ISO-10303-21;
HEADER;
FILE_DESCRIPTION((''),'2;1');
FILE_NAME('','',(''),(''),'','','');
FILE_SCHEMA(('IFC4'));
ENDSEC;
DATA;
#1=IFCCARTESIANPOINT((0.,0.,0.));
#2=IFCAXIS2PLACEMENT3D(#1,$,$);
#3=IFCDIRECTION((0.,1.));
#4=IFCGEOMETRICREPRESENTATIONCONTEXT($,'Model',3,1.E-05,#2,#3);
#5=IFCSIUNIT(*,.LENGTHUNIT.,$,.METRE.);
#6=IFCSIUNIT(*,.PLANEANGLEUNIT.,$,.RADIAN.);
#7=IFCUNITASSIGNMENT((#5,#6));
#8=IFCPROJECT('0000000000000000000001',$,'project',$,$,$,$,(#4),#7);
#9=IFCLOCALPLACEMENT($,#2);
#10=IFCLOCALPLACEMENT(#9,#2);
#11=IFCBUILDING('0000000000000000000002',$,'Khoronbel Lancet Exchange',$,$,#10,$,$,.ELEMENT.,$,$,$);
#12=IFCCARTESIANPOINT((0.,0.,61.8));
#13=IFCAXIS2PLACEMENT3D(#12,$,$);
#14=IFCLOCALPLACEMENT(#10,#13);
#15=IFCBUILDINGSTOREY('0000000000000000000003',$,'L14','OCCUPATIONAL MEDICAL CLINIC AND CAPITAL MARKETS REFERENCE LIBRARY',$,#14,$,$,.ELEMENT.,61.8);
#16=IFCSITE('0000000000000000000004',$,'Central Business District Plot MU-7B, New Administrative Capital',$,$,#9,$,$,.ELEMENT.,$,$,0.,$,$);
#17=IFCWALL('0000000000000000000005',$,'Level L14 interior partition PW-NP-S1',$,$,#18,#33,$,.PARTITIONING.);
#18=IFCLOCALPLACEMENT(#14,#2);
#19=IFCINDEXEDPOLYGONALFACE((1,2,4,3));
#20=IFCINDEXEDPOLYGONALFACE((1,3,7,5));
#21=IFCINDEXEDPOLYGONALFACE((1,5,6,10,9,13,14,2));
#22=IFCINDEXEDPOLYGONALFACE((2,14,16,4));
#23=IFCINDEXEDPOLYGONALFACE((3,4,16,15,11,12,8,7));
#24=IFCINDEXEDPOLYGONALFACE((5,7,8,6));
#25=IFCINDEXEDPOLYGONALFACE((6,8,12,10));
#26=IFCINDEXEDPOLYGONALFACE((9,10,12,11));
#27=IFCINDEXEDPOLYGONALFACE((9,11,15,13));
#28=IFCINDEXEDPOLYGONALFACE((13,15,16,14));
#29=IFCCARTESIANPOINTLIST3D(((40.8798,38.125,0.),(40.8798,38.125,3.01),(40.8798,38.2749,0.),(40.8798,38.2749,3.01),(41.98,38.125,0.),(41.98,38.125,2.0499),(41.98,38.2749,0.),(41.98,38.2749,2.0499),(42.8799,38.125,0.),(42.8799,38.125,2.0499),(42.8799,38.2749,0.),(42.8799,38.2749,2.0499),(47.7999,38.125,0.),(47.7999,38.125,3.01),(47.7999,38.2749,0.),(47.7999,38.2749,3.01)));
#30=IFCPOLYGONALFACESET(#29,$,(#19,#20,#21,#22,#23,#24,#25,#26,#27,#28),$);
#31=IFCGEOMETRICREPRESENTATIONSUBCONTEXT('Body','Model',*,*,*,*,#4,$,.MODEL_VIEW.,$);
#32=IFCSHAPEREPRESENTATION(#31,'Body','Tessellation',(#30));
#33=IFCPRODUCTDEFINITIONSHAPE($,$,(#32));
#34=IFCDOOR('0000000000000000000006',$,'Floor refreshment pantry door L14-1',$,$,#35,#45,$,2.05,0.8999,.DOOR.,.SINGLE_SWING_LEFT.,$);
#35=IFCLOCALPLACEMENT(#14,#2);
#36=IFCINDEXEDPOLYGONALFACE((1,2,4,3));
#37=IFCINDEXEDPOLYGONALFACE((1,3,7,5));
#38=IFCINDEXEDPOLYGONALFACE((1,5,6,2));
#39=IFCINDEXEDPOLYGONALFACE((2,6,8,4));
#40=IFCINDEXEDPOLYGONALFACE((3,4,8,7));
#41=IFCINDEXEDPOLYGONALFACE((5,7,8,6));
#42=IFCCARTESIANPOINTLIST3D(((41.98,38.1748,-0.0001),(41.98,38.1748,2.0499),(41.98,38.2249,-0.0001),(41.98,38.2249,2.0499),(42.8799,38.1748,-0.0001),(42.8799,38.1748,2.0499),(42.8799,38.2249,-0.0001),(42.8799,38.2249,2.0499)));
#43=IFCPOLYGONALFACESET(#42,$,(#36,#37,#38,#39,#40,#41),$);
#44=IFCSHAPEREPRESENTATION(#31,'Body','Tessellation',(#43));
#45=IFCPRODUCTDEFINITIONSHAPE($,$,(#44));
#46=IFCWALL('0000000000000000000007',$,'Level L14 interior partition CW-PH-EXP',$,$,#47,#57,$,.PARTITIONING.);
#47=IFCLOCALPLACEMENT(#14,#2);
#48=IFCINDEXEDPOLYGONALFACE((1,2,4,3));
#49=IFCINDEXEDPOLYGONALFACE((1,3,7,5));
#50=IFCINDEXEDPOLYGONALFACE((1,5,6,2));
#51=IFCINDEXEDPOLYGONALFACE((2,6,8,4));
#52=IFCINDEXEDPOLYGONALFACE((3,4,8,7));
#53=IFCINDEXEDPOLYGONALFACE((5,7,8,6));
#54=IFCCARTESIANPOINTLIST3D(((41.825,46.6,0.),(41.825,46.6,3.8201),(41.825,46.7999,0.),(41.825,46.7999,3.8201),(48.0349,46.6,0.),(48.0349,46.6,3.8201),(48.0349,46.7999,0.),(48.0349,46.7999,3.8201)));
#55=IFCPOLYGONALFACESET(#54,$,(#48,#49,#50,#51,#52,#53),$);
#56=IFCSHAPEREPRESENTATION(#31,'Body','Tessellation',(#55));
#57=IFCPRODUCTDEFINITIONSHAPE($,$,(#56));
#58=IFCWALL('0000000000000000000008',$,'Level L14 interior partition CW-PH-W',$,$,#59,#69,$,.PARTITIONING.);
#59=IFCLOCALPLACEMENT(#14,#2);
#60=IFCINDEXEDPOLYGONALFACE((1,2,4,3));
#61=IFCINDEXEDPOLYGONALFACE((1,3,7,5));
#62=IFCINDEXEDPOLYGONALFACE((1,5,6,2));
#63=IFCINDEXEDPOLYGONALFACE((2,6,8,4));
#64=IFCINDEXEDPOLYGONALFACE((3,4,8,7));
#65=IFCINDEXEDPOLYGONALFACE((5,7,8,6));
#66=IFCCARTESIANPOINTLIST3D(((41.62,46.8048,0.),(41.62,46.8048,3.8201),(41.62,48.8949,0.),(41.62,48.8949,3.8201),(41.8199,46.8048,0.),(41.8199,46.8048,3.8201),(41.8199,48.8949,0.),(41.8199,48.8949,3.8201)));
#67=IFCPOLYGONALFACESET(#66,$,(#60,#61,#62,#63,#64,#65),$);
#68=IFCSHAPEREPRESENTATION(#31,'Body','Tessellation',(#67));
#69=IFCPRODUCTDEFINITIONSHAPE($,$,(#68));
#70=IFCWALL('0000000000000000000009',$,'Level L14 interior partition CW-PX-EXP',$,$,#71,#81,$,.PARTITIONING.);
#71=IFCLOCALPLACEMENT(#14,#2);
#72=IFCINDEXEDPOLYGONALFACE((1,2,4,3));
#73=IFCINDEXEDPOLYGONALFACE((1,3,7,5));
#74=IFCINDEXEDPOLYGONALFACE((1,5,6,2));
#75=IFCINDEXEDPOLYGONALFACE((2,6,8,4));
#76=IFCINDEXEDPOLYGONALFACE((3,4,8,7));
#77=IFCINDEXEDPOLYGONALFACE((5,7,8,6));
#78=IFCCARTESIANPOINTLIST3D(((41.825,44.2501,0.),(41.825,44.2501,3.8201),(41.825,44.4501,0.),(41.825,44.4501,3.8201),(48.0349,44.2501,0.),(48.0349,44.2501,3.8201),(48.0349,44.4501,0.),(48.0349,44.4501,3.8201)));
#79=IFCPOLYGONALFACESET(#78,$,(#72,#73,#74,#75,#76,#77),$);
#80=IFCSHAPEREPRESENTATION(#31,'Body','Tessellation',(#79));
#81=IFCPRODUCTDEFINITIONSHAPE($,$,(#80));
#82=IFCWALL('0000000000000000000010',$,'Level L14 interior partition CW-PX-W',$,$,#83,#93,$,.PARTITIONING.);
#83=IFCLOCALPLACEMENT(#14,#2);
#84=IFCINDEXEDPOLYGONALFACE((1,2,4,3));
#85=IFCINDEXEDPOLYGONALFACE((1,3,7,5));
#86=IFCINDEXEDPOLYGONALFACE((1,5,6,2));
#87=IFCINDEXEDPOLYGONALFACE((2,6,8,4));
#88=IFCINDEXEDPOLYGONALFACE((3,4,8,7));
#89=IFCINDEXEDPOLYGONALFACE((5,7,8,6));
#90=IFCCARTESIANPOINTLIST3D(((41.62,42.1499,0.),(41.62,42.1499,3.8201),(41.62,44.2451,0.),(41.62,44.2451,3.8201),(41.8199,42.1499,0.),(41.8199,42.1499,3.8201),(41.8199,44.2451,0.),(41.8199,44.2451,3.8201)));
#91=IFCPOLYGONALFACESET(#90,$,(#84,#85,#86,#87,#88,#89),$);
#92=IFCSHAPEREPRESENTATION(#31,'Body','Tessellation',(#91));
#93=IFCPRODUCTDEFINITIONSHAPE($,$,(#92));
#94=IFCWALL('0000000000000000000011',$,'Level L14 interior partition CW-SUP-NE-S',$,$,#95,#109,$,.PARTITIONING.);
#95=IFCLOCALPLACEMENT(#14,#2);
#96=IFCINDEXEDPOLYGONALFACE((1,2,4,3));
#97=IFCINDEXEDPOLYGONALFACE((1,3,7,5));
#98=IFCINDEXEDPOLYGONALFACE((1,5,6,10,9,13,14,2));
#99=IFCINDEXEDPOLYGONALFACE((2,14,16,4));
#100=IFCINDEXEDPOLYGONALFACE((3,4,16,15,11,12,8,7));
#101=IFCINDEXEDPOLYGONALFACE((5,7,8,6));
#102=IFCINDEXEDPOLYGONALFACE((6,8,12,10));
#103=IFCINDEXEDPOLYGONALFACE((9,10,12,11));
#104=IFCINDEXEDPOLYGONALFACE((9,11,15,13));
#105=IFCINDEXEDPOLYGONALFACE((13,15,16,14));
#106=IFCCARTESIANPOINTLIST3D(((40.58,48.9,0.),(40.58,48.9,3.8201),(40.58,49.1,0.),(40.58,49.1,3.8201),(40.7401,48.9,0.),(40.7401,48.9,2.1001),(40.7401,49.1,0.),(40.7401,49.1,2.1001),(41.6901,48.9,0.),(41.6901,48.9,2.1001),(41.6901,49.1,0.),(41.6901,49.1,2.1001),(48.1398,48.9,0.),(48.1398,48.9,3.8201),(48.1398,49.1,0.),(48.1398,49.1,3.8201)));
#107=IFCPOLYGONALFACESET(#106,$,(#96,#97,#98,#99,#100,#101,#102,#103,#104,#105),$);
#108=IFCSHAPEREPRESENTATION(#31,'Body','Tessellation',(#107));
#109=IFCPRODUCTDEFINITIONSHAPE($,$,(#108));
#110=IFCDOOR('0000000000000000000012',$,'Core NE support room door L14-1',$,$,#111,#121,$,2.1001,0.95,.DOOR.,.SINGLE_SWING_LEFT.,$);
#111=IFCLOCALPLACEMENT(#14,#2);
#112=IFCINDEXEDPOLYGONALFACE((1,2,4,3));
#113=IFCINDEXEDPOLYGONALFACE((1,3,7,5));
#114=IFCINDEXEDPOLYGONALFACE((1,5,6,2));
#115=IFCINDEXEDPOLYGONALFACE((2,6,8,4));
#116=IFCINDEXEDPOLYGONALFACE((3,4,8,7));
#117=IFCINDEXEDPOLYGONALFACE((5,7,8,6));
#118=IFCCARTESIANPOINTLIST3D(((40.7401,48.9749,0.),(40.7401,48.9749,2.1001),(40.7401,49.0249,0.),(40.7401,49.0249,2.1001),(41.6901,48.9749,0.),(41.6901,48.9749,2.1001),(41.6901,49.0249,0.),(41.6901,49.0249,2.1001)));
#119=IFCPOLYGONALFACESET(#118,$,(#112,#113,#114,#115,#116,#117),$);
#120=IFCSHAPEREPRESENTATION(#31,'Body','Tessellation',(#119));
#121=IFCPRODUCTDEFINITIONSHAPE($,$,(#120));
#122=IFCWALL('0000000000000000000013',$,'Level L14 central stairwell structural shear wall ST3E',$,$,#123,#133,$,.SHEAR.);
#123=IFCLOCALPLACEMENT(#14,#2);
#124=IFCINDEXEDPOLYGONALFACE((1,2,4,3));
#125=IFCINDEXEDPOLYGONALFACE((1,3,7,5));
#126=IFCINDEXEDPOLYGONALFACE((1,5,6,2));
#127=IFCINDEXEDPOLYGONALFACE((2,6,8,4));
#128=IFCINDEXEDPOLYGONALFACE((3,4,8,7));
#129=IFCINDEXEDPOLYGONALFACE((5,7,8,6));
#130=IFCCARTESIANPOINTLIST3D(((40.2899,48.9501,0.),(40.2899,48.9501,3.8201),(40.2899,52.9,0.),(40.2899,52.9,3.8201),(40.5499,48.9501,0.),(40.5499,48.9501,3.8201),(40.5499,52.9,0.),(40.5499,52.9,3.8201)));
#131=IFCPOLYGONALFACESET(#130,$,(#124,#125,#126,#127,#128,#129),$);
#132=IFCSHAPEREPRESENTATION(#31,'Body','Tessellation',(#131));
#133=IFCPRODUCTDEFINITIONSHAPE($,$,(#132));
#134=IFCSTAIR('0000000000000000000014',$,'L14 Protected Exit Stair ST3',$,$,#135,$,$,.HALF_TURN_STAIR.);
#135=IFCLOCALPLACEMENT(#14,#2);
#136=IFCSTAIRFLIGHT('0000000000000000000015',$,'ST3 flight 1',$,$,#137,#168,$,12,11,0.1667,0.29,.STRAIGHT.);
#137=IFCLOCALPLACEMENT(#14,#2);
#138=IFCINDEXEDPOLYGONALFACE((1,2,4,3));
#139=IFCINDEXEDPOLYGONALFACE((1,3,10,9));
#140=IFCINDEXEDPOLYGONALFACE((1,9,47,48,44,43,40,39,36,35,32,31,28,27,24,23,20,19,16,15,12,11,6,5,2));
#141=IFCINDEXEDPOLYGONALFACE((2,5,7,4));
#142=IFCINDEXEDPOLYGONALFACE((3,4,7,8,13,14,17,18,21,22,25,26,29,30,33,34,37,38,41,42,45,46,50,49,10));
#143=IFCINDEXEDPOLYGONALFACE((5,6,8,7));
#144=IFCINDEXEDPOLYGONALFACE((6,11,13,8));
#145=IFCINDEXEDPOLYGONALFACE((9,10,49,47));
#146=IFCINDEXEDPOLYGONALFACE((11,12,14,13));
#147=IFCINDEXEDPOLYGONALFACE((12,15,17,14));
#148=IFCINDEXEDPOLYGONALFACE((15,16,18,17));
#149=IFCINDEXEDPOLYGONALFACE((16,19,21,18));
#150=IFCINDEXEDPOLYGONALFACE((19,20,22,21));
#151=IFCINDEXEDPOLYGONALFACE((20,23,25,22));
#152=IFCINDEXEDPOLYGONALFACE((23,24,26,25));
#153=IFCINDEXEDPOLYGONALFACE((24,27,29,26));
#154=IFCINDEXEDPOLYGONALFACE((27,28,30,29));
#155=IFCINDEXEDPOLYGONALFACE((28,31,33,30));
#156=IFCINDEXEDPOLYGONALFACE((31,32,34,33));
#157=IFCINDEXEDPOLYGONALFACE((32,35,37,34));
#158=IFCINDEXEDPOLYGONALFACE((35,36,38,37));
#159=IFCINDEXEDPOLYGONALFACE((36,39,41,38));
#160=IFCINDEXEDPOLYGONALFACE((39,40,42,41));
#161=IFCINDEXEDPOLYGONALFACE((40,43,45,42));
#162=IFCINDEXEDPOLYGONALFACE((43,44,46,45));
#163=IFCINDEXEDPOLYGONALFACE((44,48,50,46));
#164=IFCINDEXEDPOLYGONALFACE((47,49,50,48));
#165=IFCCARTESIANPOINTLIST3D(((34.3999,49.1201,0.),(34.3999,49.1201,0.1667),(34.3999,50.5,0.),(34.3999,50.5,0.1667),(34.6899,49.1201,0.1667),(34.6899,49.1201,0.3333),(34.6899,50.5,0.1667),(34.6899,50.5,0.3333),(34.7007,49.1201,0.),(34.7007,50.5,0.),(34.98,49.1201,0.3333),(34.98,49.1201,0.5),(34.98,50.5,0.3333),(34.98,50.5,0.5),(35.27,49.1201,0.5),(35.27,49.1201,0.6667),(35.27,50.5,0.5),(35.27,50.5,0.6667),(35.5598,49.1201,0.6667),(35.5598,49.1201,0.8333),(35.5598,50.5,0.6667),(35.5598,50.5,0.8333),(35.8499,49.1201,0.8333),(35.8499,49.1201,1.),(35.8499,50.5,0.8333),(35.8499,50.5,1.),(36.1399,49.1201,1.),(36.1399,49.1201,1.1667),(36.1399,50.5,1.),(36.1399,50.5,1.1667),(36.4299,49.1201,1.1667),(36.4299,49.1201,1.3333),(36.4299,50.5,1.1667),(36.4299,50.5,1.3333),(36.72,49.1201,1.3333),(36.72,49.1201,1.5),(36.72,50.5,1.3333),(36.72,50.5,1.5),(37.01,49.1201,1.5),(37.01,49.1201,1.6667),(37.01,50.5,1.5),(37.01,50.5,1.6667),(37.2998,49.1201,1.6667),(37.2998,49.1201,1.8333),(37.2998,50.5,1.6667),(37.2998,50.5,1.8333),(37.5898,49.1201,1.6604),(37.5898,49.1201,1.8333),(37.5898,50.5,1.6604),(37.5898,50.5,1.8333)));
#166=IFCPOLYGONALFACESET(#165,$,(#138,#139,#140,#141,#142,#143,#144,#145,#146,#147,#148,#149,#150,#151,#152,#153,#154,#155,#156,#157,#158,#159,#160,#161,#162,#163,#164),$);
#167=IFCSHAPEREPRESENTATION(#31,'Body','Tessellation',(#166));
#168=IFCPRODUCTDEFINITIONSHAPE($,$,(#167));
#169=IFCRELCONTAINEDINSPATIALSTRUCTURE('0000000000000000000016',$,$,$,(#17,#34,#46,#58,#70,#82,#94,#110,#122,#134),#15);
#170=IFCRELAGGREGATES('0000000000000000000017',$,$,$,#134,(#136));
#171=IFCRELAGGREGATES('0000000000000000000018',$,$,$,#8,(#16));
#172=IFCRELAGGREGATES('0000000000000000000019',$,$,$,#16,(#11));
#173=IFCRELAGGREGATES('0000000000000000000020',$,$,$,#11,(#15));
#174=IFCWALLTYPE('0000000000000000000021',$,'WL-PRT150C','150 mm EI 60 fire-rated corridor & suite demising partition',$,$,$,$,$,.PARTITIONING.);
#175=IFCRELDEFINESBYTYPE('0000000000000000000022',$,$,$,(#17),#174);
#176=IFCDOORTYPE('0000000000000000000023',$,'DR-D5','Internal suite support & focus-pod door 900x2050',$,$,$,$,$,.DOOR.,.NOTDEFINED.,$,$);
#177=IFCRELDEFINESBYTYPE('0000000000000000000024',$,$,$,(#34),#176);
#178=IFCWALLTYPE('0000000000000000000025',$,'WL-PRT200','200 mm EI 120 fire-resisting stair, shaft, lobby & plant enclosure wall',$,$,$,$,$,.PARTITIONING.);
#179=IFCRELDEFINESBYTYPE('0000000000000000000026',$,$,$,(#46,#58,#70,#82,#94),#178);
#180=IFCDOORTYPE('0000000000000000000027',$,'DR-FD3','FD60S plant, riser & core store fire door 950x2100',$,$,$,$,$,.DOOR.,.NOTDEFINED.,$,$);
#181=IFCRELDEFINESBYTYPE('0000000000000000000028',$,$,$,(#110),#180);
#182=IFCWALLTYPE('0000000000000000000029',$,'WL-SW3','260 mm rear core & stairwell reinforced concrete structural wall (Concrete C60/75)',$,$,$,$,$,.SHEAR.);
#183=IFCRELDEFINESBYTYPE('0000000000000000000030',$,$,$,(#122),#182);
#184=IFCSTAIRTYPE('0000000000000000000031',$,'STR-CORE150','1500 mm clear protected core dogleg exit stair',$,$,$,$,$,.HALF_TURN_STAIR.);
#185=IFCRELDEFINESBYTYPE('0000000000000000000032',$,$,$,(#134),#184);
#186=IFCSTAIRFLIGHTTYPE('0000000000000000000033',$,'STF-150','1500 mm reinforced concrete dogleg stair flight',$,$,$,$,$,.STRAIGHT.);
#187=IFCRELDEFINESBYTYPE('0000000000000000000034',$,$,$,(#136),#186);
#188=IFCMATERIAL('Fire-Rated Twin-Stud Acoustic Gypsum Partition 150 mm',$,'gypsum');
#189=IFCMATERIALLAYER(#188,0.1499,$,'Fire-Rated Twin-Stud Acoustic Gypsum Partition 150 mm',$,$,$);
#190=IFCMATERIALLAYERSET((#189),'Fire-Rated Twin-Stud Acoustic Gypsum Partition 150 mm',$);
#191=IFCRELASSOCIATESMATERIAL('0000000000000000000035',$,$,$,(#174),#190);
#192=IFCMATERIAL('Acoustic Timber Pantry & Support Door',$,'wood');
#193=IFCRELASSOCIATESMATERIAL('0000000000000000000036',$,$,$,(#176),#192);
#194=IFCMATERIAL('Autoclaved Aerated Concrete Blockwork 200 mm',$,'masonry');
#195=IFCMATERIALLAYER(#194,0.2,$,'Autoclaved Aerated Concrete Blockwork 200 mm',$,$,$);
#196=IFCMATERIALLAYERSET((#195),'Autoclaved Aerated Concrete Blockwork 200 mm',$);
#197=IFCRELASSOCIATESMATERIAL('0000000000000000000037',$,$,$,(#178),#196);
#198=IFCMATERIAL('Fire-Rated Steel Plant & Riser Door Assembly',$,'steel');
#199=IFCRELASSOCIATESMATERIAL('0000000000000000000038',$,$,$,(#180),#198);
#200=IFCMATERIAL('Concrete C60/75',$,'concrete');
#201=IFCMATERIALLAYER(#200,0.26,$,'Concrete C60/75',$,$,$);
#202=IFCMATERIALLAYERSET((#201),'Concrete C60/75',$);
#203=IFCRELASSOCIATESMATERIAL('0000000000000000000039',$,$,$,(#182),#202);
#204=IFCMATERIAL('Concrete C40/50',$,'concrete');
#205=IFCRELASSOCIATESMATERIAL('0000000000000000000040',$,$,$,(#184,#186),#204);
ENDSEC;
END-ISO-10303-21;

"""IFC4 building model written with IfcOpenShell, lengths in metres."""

from ifc_helpers import new_model, si_unit, direction, frame, frame_2d, origin, place, context, subcontext, project, spatial, polyline, rectangle, outline, extrude, material, layer, layer_set, type_object, element, fill, aggregate, save


model = new_model("IFC4")

# Units and contexts
model_context = context("Model", 3, precision=1e-05, world=origin(), true_north=direction((0.0, 1.0)))
body_context = subcontext(model_context, "Body", "Model", "MODEL_VIEW")
ifc_project = project(units=[si_unit("LENGTHUNIT", "METRE"), si_unit("PLANEANGLEUNIT", "RADIAN")], contexts=[model_context])

# Site, building, storey
site_placement = place(None, origin())
site = spatial("IfcSite", under=ifc_project, at=site_placement, Name="Central Business District Plot MU-7B, New Administrative Capital", CompositionType="ELEMENT", RefElevation=0.0)
building_placement = place(site_placement, origin())
building = spatial("IfcBuilding", under=site, at=building_placement, Name="Khoronbel Lancet Exchange", CompositionType="ELEMENT")
storey_placement = place(building_placement, frame((0.0, 0.0, 61.8)))
storey = spatial("IfcBuildingStorey", under=building, at=storey_placement, Name="L14", Description="OCCUPATIONAL MEDICAL CLINIC AND CAPITAL MARKETS REFERENCE LIBRARY", CompositionType="ELEMENT", Elevation=61.8)

# Wall, opening, door
ifc_material_1 = material(Name="Fire-Rated Twin-Stud Acoustic Gypsum Partition 150 mm", Category="gypsum")
ifc_layer_1 = layer(ifc_material_1, 0.1499, Name="Fire-Rated Twin-Stud Acoustic Gypsum Partition 150 mm")
ifc_layer_set_1 = layer_set([ifc_layer_1], Name="Fire-Rated Twin-Stud Acoustic Gypsum Partition 150 mm")
wall_type_1 = type_object("IfcWallType", Name="WL-PRT150C", Description="150 mm EI 60 fire-rated corridor & suite demising partition", PredefinedType="PARTITIONING", material=ifc_layer_set_1)
wall_1_placement = place(storey_placement, frame((40.8799, 38.2, 0.0), z_axis=(0.0, 0.0, 1.0), x_axis=(1.0, 0.0, 0.0)))
wall_1 = element("IfcWall", 1, at=wall_1_placement, inside=storey, type_object=wall_type_1, Name="Level L14 interior partition PW-NP-S1", PredefinedType="PARTITIONING", context=body_context, shape_type="SweptSolid", body=[
    extrude(rectangle(XDim=6.9202, YDim=0.1499, at=frame_2d((3.46, 0.0))), origin(), (0.0, 0.0, 1.0), 3.01),
])
opening_1_placement = place(wall_1_placement, frame((1.1001, 0.0, 0.0)))
opening_1 = element("IfcOpeningElement", 2, at=opening_1_placement, cuts=wall_1, PredefinedType="OPENING", context=body_context, shape_type="SweptSolid", body=[
    extrude(rectangle(XDim=0.8999, YDim=2.05, at=frame_2d((0.45, 1.0249))), frame((0.0, 0.085, 0.0), z_axis=(0.0, -1.0, 0.0), x_axis=(1.0, 0.0, 0.0)), (0.0, 0.0, 1.0), 0.1699),
])
ifc_material_2 = material(Name="Acoustic Timber Pantry & Support Door", Category="wood")
door_type_1 = type_object("IfcDoorType", Name="DR-D5", Description="Internal suite support & focus-pod door 900x2050", OperationType="NOTDEFINED", PredefinedType="DOOR", material=ifc_material_2)
door_1_placement = place(opening_1_placement, origin())
door_1 = element("IfcDoor", 3, at=door_1_placement, inside=storey, type_object=door_type_1, Name="Floor refreshment pantry door L14-1", OperationType="SINGLE_SWING_LEFT", OverallHeight=2.05, OverallWidth=0.8999, PredefinedType="DOOR", context=body_context, shape_type="SweptSolid", body=[
    extrude(rectangle(XDim=0.8999, YDim=2.05, at=frame_2d((0.45, 1.0249))), frame((0.0, 0.0249, 0.0), z_axis=(0.0, -1.0, 0.0), x_axis=(1.0, 0.0, 0.0)), (0.0, 0.0, 1.0), 0.05),
])
fill(opening_1, door_1)

# Walls
ifc_material_3 = material(Name="Autoclaved Aerated Concrete Blockwork 200 mm", Category="masonry")
ifc_layer_2 = layer(ifc_material_3, 0.2, Name="Autoclaved Aerated Concrete Blockwork 200 mm")
ifc_layer_set_2 = layer_set([ifc_layer_2], Name="Autoclaved Aerated Concrete Blockwork 200 mm")
wall_type_2 = type_object("IfcWallType", Name="WL-PRT200", Description="200 mm EI 120 fire-resisting stair, shaft, lobby & plant enclosure wall", PredefinedType="PARTITIONING", material=ifc_layer_set_2)
wall_2_placement = place(storey_placement, frame((41.825, 46.7, 0.0), z_axis=(0.0, 0.0, 1.0), x_axis=(1.0, 0.0, 0.0)))
element("IfcWall", 4, at=wall_2_placement, inside=storey, type_object=wall_type_2, Name="Level L14 interior partition CW-PH-EXP", PredefinedType="PARTITIONING", context=body_context, shape_type="SweptSolid", body=[
    extrude(rectangle(XDim=6.21, YDim=0.2, at=frame_2d((3.105, 0.0))), origin(), (0.0, 0.0, 1.0), 3.8201),
])
wall_3_placement = place(storey_placement, frame((41.72, 46.8049, 0.0), z_axis=(0.0, 0.0, 1.0), x_axis=(0.0, 1.0, 0.0)))
element("IfcWall", 5, at=wall_3_placement, inside=storey, type_object=wall_type_2, Name="Level L14 interior partition CW-PH-W", PredefinedType="PARTITIONING", context=body_context, shape_type="SweptSolid", body=[
    extrude(rectangle(XDim=2.0901, YDim=0.2, at=frame_2d((1.0449, 0.0))), origin(), (0.0, 0.0, 1.0), 3.8201),
])
wall_4_placement = place(storey_placement, frame((41.825, 44.3501, 0.0), z_axis=(0.0, 0.0, 1.0), x_axis=(1.0, 0.0, 0.0)))
element("IfcWall", 6, at=wall_4_placement, inside=storey, type_object=wall_type_2, Name="Level L14 interior partition CW-PX-EXP", PredefinedType="PARTITIONING", context=body_context, shape_type="SweptSolid", body=[
    extrude(rectangle(XDim=6.21, YDim=0.2, at=frame_2d((3.105, 0.0))), origin(), (0.0, 0.0, 1.0), 3.8201),
])
wall_5_placement = place(storey_placement, frame((41.72, 42.1499, 0.0), z_axis=(0.0, 0.0, 1.0), x_axis=(0.0, 1.0, 0.0)))
element("IfcWall", 7, at=wall_5_placement, inside=storey, type_object=wall_type_2, Name="Level L14 interior partition CW-PX-W", PredefinedType="PARTITIONING", context=body_context, shape_type="SweptSolid", body=[
    extrude(rectangle(XDim=2.0952, YDim=0.2, at=frame_2d((1.0476, 0.0))), origin(), (0.0, 0.0, 1.0), 3.8201),
])

# Wall, opening, door
wall_6_placement = place(storey_placement, frame((40.5801, 49.0, 0.0), z_axis=(0.0, 0.0, 1.0), x_axis=(1.0, 0.0, 0.0)))
wall_6 = element("IfcWall", 8, at=wall_6_placement, inside=storey, type_object=wall_type_2, Name="Level L14 interior partition CW-SUP-NE-S", PredefinedType="PARTITIONING", context=body_context, shape_type="SweptSolid", body=[
    extrude(rectangle(XDim=7.5598, YDim=0.2, at=frame_2d((3.7798, 0.0))), origin(), (0.0, 0.0, 1.0), 3.8201),
])
opening_2_placement = place(wall_6_placement, frame((0.1599, 0.0, 0.0)))
opening_2 = element("IfcOpeningElement", 9, at=opening_2_placement, cuts=wall_6, PredefinedType="OPENING", context=body_context, shape_type="SweptSolid", body=[
    extrude(rectangle(XDim=0.95, YDim=2.1001, at=frame_2d((0.4751, 1.05))), frame((0.0, 0.1099, 0.0), z_axis=(0.0, -1.0, 0.0), x_axis=(1.0, 0.0, 0.0)), (0.0, 0.0, 1.0), 0.22),
])
ifc_material_4 = material(Name="Fire-Rated Steel Plant & Riser Door Assembly", Category="steel")
door_type_2 = type_object("IfcDoorType", Name="DR-FD3", Description="FD60S plant, riser & core store fire door 950x2100", OperationType="NOTDEFINED", PredefinedType="DOOR", material=ifc_material_4)
door_2_placement = place(opening_2_placement, origin())
door_2 = element("IfcDoor", 10, at=door_2_placement, inside=storey, type_object=door_type_2, Name="Core NE support room door L14-1", OperationType="SINGLE_SWING_LEFT", OverallHeight=2.1001, OverallWidth=0.95, PredefinedType="DOOR", context=body_context, shape_type="SweptSolid", body=[
    extrude(rectangle(XDim=0.95, YDim=2.1001, at=frame_2d((0.4751, 1.05))), frame((0.0, 0.0249, 0.0), z_axis=(0.0, -1.0, 0.0), x_axis=(1.0, 0.0, 0.0)), (0.0, 0.0, 1.0), 0.05),
])
fill(opening_2, door_2)

# Wall
ifc_material_5 = material(Name="Concrete C60/75", Category="concrete")
ifc_layer_3 = layer(ifc_material_5, 0.26, Name="Concrete C60/75")
ifc_layer_set_3 = layer_set([ifc_layer_3], Name="Concrete C60/75")
wall_type_3 = type_object("IfcWallType", Name="WL-SW3", Description="260 mm rear core & stairwell reinforced concrete structural wall (Concrete C60/75)", PredefinedType="SHEAR", material=ifc_layer_set_3)
wall_7_placement = place(storey_placement, frame((40.4199, 48.95, 0.0), z_axis=(0.0, 0.0, 1.0), x_axis=(0.0, 1.0, 0.0)))
element("IfcWall", 11, at=wall_7_placement, inside=storey, type_object=wall_type_3, Name="Level L14 central stairwell structural shear wall ST3E", PredefinedType="SHEAR", context=body_context, shape_type="SweptSolid", body=[
    extrude(rectangle(XDim=3.95, YDim=0.26, at=frame_2d((1.9751, 0.0))), origin(), (0.0, 0.0, 1.0), 3.8201),
])

# Stair, stair flight
ifc_material_6 = material(Name="Concrete C40/50", Category="concrete")
stair_type = type_object("IfcStairType", Name="STR-CORE150", Description="1500 mm clear protected core dogleg exit stair", PredefinedType="HALF_TURN_STAIR", material=ifc_material_6)
stair_placement = place(storey_placement, origin())
stair = element("IfcStair", 12, at=stair_placement, inside=storey, type_object=stair_type, Name="L14 Protected Exit Stair ST3", PredefinedType="HALF_TURN_STAIR")
stair_flight_type = type_object("IfcStairFlightType", Name="STF-150", Description="1500 mm reinforced concrete dogleg stair flight", PredefinedType="STRAIGHT", material=ifc_material_6)
stair_flight_1_placement = place(storey_placement, frame((34.3999, 49.8101, 0.0), z_axis=(0.0, 0.0, 1.0), x_axis=(1.0, 0.0, 0.0)))
stair_flight_1 = element("IfcStairFlight", 13, at=stair_flight_1_placement, type_object=stair_flight_type, Name="ST3 flight 1", NumberOfRisers=12, NumberOfTreads=11, PredefinedType="STRAIGHT", RiserHeight=0.1667, TreadLength=0.29, context=body_context, shape_type="SweptSolid", body=[
    extrude(outline(polyline([(0.0, 0.0), (0.0, 0.1667), (0.29, 0.1667), (0.29, 0.3333), (0.5801, 0.3333), (0.5801, 0.5), (0.8701, 0.5), (0.8701, 0.6667), (1.1599, 0.6667), (1.1599, 0.8333), (1.45, 0.8333), (1.45, 1.0), (1.74, 1.0), (1.74, 1.1667), (2.03, 1.1667), (2.03, 1.3333), (2.3201, 1.3333), (2.3201, 1.5), (2.6101, 1.5), (2.6101, 1.6667), (2.8999, 1.6667), (2.8999, 1.8333), (3.1899, 1.8333), (3.1899, 2.0), (3.1899, 1.6604), (0.3008, 0.0), (0.0, 0.0)])), frame((0.0, 0.6899, 0.0), z_axis=(0.0, -1.0, 0.0), x_axis=(1.0, 0.0, 0.0)), (0.0, 0.0, 1.0), 1.3799),
])
aggregate(stair, [stair_flight_1])

save(model, "model.ifc")
